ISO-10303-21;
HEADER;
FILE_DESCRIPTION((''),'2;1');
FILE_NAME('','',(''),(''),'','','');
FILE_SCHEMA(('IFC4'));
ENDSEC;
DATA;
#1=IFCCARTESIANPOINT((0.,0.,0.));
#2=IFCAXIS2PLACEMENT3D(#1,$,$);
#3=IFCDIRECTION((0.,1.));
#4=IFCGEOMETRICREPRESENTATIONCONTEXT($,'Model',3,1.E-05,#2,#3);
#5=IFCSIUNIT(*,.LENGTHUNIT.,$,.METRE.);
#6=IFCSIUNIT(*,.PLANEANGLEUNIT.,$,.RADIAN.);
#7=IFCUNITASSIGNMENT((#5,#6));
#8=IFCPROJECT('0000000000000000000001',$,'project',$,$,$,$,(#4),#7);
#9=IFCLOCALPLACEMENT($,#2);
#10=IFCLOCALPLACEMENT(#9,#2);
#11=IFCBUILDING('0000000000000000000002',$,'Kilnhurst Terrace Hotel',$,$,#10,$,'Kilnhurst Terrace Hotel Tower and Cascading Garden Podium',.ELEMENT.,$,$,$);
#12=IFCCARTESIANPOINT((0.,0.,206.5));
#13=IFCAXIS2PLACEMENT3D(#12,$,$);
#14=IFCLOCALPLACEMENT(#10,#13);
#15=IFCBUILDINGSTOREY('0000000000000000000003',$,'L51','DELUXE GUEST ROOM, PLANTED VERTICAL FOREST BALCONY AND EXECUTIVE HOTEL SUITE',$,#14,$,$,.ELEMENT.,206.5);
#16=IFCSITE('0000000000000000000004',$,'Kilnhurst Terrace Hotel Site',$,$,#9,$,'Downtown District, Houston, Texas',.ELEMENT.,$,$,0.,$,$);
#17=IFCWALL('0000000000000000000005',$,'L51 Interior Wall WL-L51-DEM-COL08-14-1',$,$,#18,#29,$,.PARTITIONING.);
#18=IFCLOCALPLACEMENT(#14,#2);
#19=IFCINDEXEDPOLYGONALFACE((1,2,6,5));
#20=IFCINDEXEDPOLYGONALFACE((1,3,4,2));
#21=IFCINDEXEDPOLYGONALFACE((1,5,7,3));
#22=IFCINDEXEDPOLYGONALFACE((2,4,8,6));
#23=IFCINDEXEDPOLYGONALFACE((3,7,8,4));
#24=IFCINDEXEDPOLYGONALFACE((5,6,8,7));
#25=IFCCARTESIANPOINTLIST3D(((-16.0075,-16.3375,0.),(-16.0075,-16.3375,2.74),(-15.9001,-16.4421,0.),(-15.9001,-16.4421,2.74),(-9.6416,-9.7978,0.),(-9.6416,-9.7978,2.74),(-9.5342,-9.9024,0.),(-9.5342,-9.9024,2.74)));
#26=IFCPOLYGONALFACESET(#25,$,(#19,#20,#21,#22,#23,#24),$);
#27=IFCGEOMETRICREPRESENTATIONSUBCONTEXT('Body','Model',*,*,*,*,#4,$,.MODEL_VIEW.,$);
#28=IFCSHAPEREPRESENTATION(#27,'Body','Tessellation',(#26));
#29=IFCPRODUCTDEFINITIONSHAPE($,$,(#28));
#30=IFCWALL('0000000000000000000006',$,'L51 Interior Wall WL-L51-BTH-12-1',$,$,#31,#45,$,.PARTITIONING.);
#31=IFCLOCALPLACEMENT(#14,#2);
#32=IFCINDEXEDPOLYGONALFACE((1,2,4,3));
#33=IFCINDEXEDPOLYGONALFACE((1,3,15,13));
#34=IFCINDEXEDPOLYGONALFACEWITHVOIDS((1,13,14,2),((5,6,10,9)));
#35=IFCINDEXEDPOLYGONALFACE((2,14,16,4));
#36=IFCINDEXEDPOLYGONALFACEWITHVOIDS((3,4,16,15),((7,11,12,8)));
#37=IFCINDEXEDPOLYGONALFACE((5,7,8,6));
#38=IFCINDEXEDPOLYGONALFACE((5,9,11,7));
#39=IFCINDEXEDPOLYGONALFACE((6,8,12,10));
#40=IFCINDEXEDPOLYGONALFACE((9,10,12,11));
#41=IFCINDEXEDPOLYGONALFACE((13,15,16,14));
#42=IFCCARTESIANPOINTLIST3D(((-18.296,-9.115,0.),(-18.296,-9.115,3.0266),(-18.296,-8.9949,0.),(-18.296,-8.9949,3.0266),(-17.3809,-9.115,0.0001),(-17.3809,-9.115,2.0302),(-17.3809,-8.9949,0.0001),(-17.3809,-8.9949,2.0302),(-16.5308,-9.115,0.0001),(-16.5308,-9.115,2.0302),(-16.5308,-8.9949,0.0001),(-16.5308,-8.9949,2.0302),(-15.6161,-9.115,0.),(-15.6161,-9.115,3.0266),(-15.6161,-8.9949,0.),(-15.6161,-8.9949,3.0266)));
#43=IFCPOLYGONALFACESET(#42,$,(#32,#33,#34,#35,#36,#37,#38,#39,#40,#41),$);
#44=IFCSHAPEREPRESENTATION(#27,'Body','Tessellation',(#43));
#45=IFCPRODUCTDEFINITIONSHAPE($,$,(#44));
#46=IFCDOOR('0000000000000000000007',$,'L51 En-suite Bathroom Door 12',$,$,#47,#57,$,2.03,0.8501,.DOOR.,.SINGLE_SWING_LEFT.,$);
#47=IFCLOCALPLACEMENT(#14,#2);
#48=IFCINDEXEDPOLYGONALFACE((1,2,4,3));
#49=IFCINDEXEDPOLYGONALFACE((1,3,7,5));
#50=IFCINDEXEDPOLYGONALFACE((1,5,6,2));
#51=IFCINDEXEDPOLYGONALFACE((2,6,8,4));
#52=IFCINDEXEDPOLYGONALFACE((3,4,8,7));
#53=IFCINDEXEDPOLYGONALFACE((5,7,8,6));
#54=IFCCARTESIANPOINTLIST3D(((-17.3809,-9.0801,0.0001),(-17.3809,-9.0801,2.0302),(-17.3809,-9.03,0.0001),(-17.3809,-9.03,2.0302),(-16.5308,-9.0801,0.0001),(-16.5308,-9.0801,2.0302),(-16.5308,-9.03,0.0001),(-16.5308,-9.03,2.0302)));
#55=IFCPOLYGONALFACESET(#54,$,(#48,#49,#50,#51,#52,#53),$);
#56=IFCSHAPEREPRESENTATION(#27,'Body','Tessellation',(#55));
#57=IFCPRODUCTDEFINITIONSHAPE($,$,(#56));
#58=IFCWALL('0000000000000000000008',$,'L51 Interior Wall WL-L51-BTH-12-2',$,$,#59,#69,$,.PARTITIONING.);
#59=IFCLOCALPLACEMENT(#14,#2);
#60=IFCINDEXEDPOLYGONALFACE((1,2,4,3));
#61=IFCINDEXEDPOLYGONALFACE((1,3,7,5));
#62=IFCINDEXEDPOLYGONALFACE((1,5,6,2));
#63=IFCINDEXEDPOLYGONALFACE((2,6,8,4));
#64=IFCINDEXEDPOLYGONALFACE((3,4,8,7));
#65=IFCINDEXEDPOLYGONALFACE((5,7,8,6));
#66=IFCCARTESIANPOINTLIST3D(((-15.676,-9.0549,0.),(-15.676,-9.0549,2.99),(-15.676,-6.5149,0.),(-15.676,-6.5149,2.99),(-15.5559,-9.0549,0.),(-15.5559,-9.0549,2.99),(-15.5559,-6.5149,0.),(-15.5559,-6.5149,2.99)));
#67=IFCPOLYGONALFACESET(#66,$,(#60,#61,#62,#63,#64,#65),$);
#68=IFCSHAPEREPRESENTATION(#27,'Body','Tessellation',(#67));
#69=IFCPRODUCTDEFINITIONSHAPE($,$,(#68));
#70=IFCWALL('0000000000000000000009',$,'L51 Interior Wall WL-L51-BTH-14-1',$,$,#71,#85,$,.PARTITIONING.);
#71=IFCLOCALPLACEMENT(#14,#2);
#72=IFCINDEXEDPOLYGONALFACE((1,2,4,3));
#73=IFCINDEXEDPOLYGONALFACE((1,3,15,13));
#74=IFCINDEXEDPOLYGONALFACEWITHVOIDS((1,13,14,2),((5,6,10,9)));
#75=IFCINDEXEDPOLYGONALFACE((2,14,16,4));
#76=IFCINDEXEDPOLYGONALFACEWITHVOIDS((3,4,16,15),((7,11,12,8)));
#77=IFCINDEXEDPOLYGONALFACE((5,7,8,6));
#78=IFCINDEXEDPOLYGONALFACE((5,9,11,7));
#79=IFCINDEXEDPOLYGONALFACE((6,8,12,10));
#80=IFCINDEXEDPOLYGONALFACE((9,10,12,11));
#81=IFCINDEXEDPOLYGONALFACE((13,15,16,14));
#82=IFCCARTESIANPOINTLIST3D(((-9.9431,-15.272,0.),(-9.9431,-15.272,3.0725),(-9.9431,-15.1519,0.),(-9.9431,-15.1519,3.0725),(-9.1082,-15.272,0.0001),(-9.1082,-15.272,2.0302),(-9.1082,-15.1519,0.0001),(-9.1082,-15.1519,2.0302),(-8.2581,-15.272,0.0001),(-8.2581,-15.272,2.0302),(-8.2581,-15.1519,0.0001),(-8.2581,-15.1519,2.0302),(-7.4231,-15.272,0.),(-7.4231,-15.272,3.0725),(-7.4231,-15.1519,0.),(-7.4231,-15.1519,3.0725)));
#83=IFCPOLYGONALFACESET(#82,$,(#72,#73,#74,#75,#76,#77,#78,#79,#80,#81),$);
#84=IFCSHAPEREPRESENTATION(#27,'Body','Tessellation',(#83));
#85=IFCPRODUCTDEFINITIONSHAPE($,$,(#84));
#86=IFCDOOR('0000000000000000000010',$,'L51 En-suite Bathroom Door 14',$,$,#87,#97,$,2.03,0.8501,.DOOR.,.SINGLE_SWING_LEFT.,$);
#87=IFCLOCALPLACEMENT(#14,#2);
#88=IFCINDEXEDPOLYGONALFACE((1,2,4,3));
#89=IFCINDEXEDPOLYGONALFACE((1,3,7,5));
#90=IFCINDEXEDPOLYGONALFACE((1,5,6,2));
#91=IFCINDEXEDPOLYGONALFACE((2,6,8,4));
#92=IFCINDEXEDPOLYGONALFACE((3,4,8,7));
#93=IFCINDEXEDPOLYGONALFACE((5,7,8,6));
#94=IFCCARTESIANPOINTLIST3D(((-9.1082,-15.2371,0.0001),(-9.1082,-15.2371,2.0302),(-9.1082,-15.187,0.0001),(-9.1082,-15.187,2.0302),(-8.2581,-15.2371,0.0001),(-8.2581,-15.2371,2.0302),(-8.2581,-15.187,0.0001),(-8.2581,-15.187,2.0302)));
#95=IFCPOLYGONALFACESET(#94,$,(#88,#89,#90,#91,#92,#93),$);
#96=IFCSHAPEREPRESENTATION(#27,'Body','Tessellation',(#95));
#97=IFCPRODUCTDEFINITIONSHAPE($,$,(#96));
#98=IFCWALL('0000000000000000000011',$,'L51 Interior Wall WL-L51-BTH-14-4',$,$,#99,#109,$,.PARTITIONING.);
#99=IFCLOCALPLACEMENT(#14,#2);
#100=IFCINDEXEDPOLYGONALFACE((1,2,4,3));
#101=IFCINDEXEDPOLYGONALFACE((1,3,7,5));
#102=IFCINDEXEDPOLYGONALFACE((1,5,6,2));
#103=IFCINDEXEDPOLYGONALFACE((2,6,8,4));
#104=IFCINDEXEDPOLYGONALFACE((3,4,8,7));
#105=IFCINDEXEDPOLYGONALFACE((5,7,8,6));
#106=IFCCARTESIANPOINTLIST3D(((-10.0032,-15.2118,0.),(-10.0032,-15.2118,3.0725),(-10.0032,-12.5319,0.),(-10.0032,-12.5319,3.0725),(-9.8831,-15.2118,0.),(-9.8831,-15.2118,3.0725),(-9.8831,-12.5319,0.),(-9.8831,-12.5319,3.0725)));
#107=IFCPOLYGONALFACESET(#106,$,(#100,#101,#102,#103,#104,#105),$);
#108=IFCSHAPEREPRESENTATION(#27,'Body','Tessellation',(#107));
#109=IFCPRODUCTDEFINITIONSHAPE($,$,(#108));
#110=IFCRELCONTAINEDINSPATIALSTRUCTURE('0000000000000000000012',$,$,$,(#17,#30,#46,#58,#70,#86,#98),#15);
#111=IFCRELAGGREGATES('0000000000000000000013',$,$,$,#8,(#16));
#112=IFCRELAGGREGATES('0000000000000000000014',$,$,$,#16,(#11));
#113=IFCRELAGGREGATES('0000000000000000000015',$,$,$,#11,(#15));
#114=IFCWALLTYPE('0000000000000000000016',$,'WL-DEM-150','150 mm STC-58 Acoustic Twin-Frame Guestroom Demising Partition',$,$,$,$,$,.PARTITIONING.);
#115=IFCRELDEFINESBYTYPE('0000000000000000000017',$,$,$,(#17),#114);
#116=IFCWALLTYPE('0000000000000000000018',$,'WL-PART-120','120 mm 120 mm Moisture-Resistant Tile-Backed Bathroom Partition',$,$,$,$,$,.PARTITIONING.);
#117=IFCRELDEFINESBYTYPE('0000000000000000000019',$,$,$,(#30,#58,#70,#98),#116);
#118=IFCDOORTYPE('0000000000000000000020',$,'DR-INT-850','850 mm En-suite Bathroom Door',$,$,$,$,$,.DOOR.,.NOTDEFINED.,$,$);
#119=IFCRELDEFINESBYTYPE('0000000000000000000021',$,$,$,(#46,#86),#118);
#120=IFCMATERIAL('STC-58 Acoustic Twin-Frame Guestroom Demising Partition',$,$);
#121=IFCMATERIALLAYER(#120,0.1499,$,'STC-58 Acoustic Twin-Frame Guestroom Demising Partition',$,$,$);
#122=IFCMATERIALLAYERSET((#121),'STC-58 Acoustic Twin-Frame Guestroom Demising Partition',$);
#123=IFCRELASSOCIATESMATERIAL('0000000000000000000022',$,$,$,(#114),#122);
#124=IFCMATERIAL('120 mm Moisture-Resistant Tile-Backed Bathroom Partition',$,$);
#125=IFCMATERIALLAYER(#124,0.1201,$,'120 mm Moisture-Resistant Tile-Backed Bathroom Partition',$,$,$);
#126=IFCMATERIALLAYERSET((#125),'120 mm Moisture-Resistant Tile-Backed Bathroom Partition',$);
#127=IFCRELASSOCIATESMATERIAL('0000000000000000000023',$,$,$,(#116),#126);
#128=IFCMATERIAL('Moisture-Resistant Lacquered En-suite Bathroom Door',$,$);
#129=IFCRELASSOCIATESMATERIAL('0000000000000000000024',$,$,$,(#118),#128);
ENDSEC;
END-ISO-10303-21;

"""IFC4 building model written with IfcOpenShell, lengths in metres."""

from ifc_helpers import new_model, si_unit, direction, frame, frame_2d, origin, place, context, subcontext, project, spatial, rectangle, extrude, material, layer, layer_set, type_object, element, fill, save


model = new_model("IFC4")

# Units and contexts
model_context = context("Model", 3, precision=1e-05, world=origin(), true_north=direction((0.0, 1.0)))
body_context = subcontext(model_context, "Body", "Model", "MODEL_VIEW")
ifc_project = project(units=[si_unit("LENGTHUNIT", "METRE"), si_unit("PLANEANGLEUNIT", "RADIAN")], contexts=[model_context])

# Site, building, storey
site_placement = place(None, origin())
site = spatial("IfcSite", under=ifc_project, at=site_placement, Name="Kilnhurst Terrace Hotel Site", LongName="Downtown District, Houston, Texas", CompositionType="ELEMENT", RefElevation=0.0)
building_placement = place(site_placement, origin())
building = spatial("IfcBuilding", under=site, at=building_placement, Name="Kilnhurst Terrace Hotel", LongName="Kilnhurst Terrace Hotel Tower and Cascading Garden Podium", CompositionType="ELEMENT")
storey_placement = place(building_placement, frame((0.0, 0.0, 206.5)))
storey = spatial("IfcBuildingStorey", under=building, at=storey_placement, Name="L51", Description="DELUXE GUEST ROOM, PLANTED VERTICAL FOREST BALCONY AND EXECUTIVE HOTEL SUITE", CompositionType="ELEMENT", Elevation=206.5)

# Wall
ifc_material_1 = material(Name="STC-58 Acoustic Twin-Frame Guestroom Demising Partition")
ifc_layer_1 = layer(ifc_material_1, 0.1499, Name="STC-58 Acoustic Twin-Frame Guestroom Demising Partition")
ifc_layer_set_1 = layer_set([ifc_layer_1], Name="STC-58 Acoustic Twin-Frame Guestroom Demising Partition")
wall_type_1 = type_object("IfcWallType", Name="WL-DEM-150", Description="150 mm STC-58 Acoustic Twin-Frame Guestroom Demising Partition", PredefinedType="PARTITIONING", material=ifc_layer_set_1)
wall_1_placement = place(storey_placement, frame((-9.5879, -9.8501, 0.0), z_axis=(0.0, 0.0, 1.0), x_axis=(-0.697519, -0.716566, 0.0)))
element("IfcWall", 1, at=wall_1_placement, inside=storey, type_object=wall_type_1, Name="L51 Interior Wall WL-L51-DEM-COL08-14-1", PredefinedType="PARTITIONING", context=body_context, shape_type="SweptSolid", body=[
    extrude(rectangle(XDim=9.1265, YDim=0.1499, at=frame_2d((4.5632, 0.0))), origin(), (0.0, 0.0, 1.0), 2.74),
])

# Wall, opening, door
ifc_material_2 = material(Name="120 mm Moisture-Resistant Tile-Backed Bathroom Partition")
ifc_layer_2 = layer(ifc_material_2, 0.1201, Name="120 mm Moisture-Resistant Tile-Backed Bathroom Partition")
ifc_layer_set_2 = layer_set([ifc_layer_2], Name="120 mm Moisture-Resistant Tile-Backed Bathroom Partition")
wall_type_2 = type_object("IfcWallType", Name="WL-PART-120", Description="120 mm 120 mm Moisture-Resistant Tile-Backed Bathroom Partition", PredefinedType="PARTITIONING", material=ifc_layer_set_2)
wall_2_placement = place(storey_placement, frame((-18.2959, -9.0549, 0.0), z_axis=(0.0, 0.0, 1.0), x_axis=(1.0, 0.0, 0.0)))
wall_2 = element("IfcWall", 2, at=wall_2_placement, inside=storey, type_object=wall_type_2, Name="L51 Interior Wall WL-L51-BTH-12-1", PredefinedType="PARTITIONING", context=body_context, shape_type="SweptSolid", body=[
    extrude(rectangle(XDim=2.6799, YDim=0.1201, at=frame_2d((1.3398, 0.0))), origin(), (0.0, 0.0, 1.0), 3.0266),
])
opening_1_placement = place(wall_2_placement, frame((0.915, 0.0, 0.0)))
opening_1 = element("IfcOpeningElement", 3, at=opening_1_placement, cuts=wall_2, PredefinedType="OPENING", context=body_context, shape_type="SweptSolid", body=[
    extrude(rectangle(XDim=0.8501, YDim=2.03, at=frame_2d((0.425, 1.0151))), frame((0.0, 0.0701, 0.0), z_axis=(0.0, -1.0, 0.0), x_axis=(1.0, 0.0, 0.0)), (0.0, 0.0, 1.0), 0.1401),
])
ifc_material_3 = material(Name="Moisture-Resistant Lacquered En-suite Bathroom Door")
door_type_1 = type_object("IfcDoorType", Name="DR-INT-850", Description="850 mm En-suite Bathroom Door", OperationType="NOTDEFINED", PredefinedType="DOOR", material=ifc_material_3)
door_1_placement = place(opening_1_placement, origin())
door_1 = element("IfcDoor", 4, at=door_1_placement, inside=storey, type_object=door_type_1, Name="L51 En-suite Bathroom Door 12", OperationType="SINGLE_SWING_LEFT", OverallHeight=2.03, OverallWidth=0.8501, PredefinedType="DOOR", context=body_context, shape_type="SweptSolid", body=[
    extrude(rectangle(XDim=0.8501, YDim=2.03, at=frame_2d((0.425, 1.0151))), frame((0.0, 0.0249, 0.0), z_axis=(0.0, -1.0, 0.0), x_axis=(1.0, 0.0, 0.0)), (0.0, 0.0, 1.0), 0.05),
])
fill(opening_1, door_1)

# Wall
wall_3_placement = place(storey_placement, frame((-15.616, -9.0549, 0.0), z_axis=(0.0, 0.0, 1.0), x_axis=(0.0, 1.0, 0.0)))
element("IfcWall", 5, at=wall_3_placement, inside=storey, type_object=wall_type_2, Name="L51 Interior Wall WL-L51-BTH-12-2", PredefinedType="PARTITIONING", context=body_context, shape_type="SweptSolid", body=[
    extrude(rectangle(XDim=2.54, YDim=0.1201, at=frame_2d((1.27, 0.0))), origin(), (0.0, 0.0, 1.0), 2.99),
])

# Wall, opening, door
wall_4_placement = place(storey_placement, frame((-9.9431, -15.2119, 0.0), z_axis=(0.0, 0.0, 1.0), x_axis=(1.0, 0.0, 0.0)))
wall_4 = element("IfcWall", 6, at=wall_4_placement, inside=storey, type_object=wall_type_2, Name="L51 Interior Wall WL-L51-BTH-14-1", PredefinedType="PARTITIONING", context=body_context, shape_type="SweptSolid", body=[
    extrude(rectangle(XDim=2.52, YDim=0.1201, at=frame_2d((1.26, 0.0))), origin(), (0.0, 0.0, 1.0), 3.0725),
])
opening_2_placement = place(wall_4_placement, frame((0.835, 0.0, 0.0)))
opening_2 = element("IfcOpeningElement", 7, at=opening_2_placement, cuts=wall_4, PredefinedType="OPENING", context=body_context, shape_type="SweptSolid", body=[
    extrude(rectangle(XDim=0.8501, YDim=2.03, at=frame_2d((0.425, 1.0151))), frame((0.0, 0.0701, 0.0), z_axis=(0.0, -1.0, 0.0), x_axis=(1.0, 0.0, 0.0)), (0.0, 0.0, 1.0), 0.1401),
])
door_2_placement = place(opening_2_placement, origin())
door_2 = element("IfcDoor", 8, at=door_2_placement, inside=storey, type_object=door_type_1, Name="L51 En-suite Bathroom Door 14", OperationType="SINGLE_SWING_LEFT", OverallHeight=2.03, OverallWidth=0.8501, PredefinedType="DOOR", context=body_context, shape_type="SweptSolid", body=[
    extrude(rectangle(XDim=0.8501, YDim=2.03, at=frame_2d((0.425, 1.0151))), frame((0.0, 0.0249, 0.0), z_axis=(0.0, -1.0, 0.0), x_axis=(1.0, 0.0, 0.0)), (0.0, 0.0, 1.0), 0.05),
])
fill(opening_2, door_2)

# Wall
wall_5_placement = place(storey_placement, frame((-9.9431, -12.532, 0.0), z_axis=(0.0, 0.0, 1.0), x_axis=(0.0, -1.0, 0.0)))
element("IfcWall", 9, at=wall_5_placement, inside=storey, type_object=wall_type_2, Name="L51 Interior Wall WL-L51-BTH-14-4", PredefinedType="PARTITIONING", context=body_context, shape_type="SweptSolid", body=[
    extrude(rectangle(XDim=2.6799, YDim=0.1201, at=frame_2d((1.3398, 0.0))), origin(), (0.0, 0.0, 1.0), 3.0725),
])

save(model, "model.ifc")
